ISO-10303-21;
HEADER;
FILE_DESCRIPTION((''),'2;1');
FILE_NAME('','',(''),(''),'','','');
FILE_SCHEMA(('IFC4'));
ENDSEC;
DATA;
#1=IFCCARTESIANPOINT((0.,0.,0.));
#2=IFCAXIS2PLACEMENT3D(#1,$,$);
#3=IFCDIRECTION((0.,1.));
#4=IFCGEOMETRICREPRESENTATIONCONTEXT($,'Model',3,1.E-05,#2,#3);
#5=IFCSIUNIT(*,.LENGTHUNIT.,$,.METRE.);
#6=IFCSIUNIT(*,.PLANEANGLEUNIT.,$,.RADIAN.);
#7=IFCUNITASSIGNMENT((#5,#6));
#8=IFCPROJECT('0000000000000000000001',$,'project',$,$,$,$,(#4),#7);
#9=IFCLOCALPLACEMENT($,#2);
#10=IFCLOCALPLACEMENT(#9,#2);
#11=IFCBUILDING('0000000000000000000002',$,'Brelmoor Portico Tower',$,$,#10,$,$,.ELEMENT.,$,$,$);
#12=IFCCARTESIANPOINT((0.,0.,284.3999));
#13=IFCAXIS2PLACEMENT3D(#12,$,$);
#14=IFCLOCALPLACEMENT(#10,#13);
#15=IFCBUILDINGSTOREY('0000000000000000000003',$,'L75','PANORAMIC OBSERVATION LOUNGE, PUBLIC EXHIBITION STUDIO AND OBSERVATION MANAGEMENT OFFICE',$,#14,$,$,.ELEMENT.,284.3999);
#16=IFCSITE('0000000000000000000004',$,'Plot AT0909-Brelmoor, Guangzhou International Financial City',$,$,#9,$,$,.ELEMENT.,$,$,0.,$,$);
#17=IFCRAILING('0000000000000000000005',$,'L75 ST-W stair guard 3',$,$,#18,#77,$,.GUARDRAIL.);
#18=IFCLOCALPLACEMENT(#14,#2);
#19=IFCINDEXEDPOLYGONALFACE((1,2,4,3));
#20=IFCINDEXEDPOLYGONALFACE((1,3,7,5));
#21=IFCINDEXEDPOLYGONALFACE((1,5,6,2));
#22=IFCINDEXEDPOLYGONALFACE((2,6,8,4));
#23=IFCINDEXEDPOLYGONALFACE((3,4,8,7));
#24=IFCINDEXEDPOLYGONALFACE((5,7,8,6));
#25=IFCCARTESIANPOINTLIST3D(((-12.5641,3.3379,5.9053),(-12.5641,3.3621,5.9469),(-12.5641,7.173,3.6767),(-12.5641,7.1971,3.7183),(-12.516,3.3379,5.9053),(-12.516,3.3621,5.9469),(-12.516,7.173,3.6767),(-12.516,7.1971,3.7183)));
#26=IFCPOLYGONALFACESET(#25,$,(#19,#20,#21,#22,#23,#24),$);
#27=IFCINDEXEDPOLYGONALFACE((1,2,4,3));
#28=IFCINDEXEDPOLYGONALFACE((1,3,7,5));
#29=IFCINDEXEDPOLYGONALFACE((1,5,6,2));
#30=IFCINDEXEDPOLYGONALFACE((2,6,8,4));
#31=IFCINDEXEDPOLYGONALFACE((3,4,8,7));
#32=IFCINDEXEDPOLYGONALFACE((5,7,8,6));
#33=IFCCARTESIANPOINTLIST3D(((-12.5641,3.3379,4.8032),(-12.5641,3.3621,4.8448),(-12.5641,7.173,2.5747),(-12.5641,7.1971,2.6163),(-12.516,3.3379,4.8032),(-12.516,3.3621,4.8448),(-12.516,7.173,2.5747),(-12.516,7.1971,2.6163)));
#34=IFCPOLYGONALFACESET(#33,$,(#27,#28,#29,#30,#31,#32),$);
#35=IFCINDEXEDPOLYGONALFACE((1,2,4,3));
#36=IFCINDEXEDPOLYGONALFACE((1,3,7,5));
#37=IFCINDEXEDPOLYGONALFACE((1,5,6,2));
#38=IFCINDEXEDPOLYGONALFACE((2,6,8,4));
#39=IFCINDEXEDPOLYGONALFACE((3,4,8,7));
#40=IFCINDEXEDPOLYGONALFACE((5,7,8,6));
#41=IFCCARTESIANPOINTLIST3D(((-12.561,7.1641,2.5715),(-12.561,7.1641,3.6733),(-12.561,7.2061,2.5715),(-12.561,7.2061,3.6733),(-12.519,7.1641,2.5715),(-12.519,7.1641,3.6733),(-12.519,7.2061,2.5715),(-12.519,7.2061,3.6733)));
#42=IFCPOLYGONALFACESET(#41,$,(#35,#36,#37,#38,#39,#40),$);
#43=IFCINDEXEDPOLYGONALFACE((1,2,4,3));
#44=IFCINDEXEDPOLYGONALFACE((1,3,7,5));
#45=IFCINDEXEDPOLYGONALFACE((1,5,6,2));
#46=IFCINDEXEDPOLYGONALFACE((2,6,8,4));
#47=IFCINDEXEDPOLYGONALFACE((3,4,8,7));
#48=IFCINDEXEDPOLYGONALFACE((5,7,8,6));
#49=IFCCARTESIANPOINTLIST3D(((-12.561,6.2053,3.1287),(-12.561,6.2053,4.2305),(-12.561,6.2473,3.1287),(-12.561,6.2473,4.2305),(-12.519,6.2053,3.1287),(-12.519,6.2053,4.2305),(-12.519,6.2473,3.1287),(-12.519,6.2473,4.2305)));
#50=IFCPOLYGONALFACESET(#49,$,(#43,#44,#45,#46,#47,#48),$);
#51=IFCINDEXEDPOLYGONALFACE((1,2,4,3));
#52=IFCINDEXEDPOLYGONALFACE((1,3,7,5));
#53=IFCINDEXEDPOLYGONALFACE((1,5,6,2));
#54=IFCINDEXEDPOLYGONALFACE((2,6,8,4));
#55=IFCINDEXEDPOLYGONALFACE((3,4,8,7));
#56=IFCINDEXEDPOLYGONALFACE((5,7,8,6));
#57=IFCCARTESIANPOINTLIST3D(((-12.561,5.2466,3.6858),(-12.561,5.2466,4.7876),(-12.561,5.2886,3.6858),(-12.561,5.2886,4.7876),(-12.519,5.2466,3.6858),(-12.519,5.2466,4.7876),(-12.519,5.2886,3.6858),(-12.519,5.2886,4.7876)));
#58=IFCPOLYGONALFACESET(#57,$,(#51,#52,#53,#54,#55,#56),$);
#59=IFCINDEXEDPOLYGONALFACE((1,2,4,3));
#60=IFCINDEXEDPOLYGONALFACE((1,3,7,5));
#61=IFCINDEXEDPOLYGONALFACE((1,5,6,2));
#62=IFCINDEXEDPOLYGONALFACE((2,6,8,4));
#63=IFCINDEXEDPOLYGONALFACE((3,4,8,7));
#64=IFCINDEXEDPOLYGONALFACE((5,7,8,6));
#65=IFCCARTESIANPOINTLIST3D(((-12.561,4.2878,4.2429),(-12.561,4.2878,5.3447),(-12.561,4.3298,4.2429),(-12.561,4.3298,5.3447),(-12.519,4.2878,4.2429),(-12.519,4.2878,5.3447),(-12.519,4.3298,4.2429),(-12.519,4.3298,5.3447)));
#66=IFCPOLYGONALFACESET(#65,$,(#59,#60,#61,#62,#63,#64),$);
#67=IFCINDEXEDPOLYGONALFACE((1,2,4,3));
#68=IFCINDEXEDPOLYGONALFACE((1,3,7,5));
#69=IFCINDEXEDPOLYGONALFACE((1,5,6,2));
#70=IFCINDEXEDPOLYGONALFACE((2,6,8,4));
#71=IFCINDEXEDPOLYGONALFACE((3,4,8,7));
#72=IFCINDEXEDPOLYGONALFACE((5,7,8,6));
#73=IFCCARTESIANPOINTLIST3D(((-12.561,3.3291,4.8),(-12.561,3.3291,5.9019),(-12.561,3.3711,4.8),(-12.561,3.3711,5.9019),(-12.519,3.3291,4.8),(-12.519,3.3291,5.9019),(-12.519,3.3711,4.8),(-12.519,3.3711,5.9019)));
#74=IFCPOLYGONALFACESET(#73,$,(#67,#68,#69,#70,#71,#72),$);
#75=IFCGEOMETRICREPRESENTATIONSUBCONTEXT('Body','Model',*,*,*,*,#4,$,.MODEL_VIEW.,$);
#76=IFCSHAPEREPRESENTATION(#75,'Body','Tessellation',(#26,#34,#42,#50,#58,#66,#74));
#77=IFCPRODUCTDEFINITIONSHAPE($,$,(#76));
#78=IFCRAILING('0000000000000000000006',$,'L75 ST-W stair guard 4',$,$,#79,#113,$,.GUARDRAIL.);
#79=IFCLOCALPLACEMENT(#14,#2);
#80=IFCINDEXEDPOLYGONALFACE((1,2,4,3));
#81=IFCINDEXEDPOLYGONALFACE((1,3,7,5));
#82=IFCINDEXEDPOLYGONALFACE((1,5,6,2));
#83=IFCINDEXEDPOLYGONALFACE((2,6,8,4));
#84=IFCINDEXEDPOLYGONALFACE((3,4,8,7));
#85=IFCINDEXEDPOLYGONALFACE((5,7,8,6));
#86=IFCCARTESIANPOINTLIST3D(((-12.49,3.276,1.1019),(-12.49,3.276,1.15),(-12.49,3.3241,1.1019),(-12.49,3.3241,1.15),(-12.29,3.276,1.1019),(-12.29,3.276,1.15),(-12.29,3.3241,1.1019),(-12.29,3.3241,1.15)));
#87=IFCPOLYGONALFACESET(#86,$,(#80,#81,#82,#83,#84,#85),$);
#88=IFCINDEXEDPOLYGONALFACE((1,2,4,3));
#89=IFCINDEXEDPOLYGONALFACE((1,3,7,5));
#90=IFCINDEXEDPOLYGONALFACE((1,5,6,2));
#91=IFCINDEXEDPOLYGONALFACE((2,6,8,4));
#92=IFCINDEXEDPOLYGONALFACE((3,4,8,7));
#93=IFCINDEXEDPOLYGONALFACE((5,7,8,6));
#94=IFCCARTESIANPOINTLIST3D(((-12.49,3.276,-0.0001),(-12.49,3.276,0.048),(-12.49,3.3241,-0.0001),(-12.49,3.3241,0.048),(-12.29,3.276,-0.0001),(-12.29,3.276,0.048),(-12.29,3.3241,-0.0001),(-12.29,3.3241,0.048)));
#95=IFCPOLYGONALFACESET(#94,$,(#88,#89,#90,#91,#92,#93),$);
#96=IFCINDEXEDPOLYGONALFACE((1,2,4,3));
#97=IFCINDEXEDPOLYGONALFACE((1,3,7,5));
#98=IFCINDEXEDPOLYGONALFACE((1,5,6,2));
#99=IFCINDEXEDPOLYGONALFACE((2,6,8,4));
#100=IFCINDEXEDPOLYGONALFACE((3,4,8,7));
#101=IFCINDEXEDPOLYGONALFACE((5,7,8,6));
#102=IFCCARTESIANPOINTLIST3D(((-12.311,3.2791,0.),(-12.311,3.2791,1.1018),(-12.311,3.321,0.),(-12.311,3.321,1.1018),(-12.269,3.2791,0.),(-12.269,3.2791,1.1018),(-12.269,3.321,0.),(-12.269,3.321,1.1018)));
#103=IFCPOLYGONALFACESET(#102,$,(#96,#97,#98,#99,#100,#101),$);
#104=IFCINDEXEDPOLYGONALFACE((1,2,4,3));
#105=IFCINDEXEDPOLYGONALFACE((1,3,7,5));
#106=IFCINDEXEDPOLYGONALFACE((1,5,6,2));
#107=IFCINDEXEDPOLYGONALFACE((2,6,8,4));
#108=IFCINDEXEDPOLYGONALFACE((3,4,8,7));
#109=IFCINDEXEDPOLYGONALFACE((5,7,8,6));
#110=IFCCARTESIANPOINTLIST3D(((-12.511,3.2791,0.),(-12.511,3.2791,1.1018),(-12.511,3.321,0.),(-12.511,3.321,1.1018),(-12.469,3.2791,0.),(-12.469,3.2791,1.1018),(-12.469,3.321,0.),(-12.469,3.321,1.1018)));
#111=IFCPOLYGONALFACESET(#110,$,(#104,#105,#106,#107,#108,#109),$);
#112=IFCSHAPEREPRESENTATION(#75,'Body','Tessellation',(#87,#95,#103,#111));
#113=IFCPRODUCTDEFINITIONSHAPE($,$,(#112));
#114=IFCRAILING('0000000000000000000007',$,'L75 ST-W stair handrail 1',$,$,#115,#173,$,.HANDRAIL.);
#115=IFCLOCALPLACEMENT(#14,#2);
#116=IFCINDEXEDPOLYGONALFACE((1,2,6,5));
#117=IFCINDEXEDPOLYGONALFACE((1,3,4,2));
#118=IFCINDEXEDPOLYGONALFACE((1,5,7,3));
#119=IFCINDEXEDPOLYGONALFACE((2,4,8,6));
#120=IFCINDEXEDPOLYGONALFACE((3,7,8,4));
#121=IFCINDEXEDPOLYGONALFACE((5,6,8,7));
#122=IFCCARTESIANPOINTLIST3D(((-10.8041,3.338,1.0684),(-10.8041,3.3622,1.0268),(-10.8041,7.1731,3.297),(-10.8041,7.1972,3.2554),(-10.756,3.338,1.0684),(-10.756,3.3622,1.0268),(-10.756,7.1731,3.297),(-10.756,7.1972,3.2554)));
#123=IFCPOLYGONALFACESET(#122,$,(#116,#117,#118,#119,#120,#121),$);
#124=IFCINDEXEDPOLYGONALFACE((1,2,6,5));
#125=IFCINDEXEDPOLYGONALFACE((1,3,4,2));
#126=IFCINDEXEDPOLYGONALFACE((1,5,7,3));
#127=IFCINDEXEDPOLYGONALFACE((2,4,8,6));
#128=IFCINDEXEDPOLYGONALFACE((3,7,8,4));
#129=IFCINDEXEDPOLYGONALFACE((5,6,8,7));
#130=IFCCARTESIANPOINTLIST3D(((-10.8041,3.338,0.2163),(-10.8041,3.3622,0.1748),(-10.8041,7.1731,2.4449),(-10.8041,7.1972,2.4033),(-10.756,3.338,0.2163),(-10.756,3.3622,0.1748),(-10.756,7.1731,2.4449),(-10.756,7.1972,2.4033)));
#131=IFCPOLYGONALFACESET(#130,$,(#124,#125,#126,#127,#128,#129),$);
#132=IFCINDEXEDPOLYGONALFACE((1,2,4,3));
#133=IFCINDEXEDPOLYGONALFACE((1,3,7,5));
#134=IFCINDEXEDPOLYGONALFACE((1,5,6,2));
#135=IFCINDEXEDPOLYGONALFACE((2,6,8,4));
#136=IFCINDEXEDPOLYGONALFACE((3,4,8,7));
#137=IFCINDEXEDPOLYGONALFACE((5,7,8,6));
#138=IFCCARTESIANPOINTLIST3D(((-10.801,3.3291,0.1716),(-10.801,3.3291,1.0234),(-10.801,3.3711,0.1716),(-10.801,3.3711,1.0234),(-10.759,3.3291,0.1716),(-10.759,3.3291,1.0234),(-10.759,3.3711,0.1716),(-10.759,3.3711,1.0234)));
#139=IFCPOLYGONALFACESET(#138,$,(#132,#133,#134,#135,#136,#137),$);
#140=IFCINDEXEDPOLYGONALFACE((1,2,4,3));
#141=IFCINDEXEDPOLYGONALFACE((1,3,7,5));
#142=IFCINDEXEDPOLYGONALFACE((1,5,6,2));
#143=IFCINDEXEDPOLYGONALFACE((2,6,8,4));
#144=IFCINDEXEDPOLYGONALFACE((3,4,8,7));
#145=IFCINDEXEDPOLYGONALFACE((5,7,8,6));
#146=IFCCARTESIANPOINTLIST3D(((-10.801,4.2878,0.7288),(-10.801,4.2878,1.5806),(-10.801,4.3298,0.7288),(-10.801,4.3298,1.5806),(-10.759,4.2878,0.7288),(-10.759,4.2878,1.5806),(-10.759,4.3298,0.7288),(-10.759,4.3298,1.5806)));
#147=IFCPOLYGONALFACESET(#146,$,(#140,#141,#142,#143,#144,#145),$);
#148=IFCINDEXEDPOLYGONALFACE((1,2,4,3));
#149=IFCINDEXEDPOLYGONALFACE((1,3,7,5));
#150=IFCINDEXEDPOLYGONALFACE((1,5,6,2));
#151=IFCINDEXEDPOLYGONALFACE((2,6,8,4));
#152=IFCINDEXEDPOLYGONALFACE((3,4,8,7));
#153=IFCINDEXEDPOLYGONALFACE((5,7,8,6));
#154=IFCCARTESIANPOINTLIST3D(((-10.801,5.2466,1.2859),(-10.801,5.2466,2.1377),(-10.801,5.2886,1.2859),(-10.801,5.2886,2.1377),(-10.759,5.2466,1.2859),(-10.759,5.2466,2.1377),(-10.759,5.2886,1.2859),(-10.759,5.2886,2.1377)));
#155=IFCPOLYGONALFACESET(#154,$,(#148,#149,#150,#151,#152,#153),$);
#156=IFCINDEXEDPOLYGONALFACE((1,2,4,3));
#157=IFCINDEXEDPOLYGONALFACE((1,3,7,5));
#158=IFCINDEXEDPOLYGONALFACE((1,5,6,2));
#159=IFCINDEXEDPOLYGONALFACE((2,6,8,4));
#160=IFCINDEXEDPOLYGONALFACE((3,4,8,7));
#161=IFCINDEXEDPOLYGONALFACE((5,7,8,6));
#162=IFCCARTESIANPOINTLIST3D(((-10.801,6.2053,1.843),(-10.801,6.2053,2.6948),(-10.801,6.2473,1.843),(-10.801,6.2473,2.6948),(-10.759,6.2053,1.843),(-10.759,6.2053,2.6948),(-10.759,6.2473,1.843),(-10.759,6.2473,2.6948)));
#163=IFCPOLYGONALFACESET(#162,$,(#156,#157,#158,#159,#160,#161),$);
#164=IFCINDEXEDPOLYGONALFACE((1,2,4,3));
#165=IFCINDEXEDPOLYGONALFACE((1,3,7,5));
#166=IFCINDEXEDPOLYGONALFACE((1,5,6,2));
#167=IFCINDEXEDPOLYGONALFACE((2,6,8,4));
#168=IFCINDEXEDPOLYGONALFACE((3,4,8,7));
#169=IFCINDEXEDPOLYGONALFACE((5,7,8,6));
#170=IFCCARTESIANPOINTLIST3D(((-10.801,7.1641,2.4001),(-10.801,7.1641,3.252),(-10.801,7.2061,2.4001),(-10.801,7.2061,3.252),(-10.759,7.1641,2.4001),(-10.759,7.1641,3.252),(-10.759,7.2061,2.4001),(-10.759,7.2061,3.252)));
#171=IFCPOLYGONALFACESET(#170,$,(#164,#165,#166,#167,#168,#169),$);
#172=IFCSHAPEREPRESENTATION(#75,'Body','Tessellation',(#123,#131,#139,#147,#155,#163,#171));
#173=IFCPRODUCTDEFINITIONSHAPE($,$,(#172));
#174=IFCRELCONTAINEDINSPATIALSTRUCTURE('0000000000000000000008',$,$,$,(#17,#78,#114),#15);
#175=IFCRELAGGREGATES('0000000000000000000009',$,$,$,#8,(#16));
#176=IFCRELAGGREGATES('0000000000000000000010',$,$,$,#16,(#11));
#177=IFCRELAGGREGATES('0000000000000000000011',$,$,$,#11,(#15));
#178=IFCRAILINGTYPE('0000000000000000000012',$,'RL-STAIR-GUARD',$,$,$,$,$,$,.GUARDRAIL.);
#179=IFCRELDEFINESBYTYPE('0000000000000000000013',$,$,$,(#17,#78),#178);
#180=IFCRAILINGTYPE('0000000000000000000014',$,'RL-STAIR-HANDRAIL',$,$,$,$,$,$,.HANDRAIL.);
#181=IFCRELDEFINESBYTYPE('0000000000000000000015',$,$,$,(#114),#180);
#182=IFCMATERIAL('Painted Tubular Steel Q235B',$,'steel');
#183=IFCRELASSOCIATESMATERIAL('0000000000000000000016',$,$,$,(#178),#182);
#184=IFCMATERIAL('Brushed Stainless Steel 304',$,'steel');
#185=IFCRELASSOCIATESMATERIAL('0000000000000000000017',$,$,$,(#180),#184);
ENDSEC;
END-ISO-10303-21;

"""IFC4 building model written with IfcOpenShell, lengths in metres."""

from ifc_helpers import new_model, si_unit, direction, frame, origin, origin_2d, place, context, subcontext, project, spatial, rectangle, extrude, material, type_object, element, save


model = new_model("IFC4")

# Units and contexts
model_context = context("Model", 3, precision=1e-05, world=origin(), true_north=direction((0.0, 1.0)))
body_context = subcontext(model_context, "Body", "Model", "MODEL_VIEW")
ifc_project = project(units=[si_unit("LENGTHUNIT", "METRE"), si_unit("PLANEANGLEUNIT", "RADIAN")], contexts=[model_context])

# Site, building, storey
site_placement = place(None, origin())
site = spatial("IfcSite", under=ifc_project, at=site_placement, Name="Plot AT0909-Brelmoor, Guangzhou International Financial City", CompositionType="ELEMENT", RefElevation=0.0)
building_placement = place(site_placement, origin())
building = spatial("IfcBuilding", under=site, at=building_placement, Name="Brelmoor Portico Tower", CompositionType="ELEMENT")
storey_placement = place(building_placement, frame((0.0, 0.0, 284.3999)))
storey = spatial("IfcBuildingStorey", under=building, at=storey_placement, Name="L75", Description="PANORAMIC OBSERVATION LOUNGE, PUBLIC EXHIBITION STUDIO AND OBSERVATION MANAGEMENT OFFICE", CompositionType="ELEMENT", Elevation=284.3999)

# Railings
ifc_material_1 = material(Name="Painted Tubular Steel Q235B", Category="steel")
railing_type_1 = type_object("IfcRailingType", Name="RL-STAIR-GUARD", PredefinedType="GUARDRAIL", material=ifc_material_1)
railing_1_placement = place(storey_placement, frame((-12.54, 7.1851, 2.5715)))
element("IfcRailing", 1, at=railing_1_placement, inside=storey, type_object=railing_type_1, Name="L75 ST-W stair guard 3", PredefinedType="GUARDRAIL", context=body_context, shape_type="SweptSolid", body=[
    extrude(rectangle(XDim=0.0481, YDim=0.0481, at=origin_2d()), frame((0.0, 0.0, 1.126), z_axis=(0.0, -0.864616, 0.502433), x_axis=(1.0, 0.0, 0.0)), (0.0, 0.0, 1.0), 4.4355),
    extrude(rectangle(XDim=0.0481, YDim=0.0481, at=origin_2d()), frame((0.0, 0.0, 0.0239), z_axis=(0.0, -0.864616, 0.502433), x_axis=(1.0, 0.0, 0.0)), (0.0, 0.0, 1.0), 4.4355),
    extrude(rectangle(XDim=0.042, YDim=0.042, at=origin_2d()), origin(), (0.0, 0.0, 1.0), 1.1018),
    extrude(rectangle(XDim=0.042, YDim=0.042, at=origin_2d()), frame((0.0, -0.9587, 0.5571)), (0.0, 0.0, 1.0), 1.1018),
    extrude(rectangle(XDim=0.042, YDim=0.042, at=origin_2d()), frame((0.0, -1.9175, 1.1143)), (0.0, 0.0, 1.0), 1.1018),
    extrude(rectangle(XDim=0.042, YDim=0.042, at=origin_2d()), frame((0.0, -2.8762, 1.6714)), (0.0, 0.0, 1.0), 1.1018),
    extrude(rectangle(XDim=0.042, YDim=0.042, at=origin_2d()), frame((0.0, -3.835, 2.2285)), (0.0, 0.0, 1.0), 1.1018),
])
railing_2_placement = place(storey_placement, frame((-12.29, 3.3, 0.0)))
element("IfcRailing", 2, at=railing_2_placement, inside=storey, type_object=railing_type_1, Name="L75 ST-W stair guard 4", PredefinedType="GUARDRAIL", context=body_context, shape_type="SweptSolid", body=[
    extrude(rectangle(XDim=0.0481, YDim=0.0481, at=origin_2d()), frame((0.0, 0.0, 1.126), z_axis=(-1.0, 0.0, 0.0), x_axis=(0.0, -1.0, 0.0)), (0.0, 0.0, 1.0), 0.2),
    extrude(rectangle(XDim=0.0481, YDim=0.0481, at=origin_2d()), frame((0.0, 0.0, 0.0239), z_axis=(-1.0, 0.0, 0.0), x_axis=(0.0, -1.0, 0.0)), (0.0, 0.0, 1.0), 0.2),
    extrude(rectangle(XDim=0.042, YDim=0.042, at=origin_2d()), origin(), (0.0, 0.0, 1.0), 1.1018),
    extrude(rectangle(XDim=0.042, YDim=0.042, at=origin_2d()), frame((-0.2, 0.0, 0.0)), (0.0, 0.0, 1.0), 1.1018),
])
ifc_material_2 = material(Name="Brushed Stainless Steel 304", Category="steel")
railing_type_2 = type_object("IfcRailingType", Name="RL-STAIR-HANDRAIL", PredefinedType="HANDRAIL", material=ifc_material_2)
railing_3_placement = place(storey_placement, frame((-10.78, 3.3501, 0.1716)))
element("IfcRailing", 3, at=railing_3_placement, inside=storey, type_object=railing_type_2, Name="L75 ST-W stair handrail 1", PredefinedType="HANDRAIL", context=body_context, shape_type="SweptSolid", body=[
    extrude(rectangle(XDim=0.0481, YDim=0.0481, at=origin_2d()), frame((0.0, 0.0, 0.876), z_axis=(0.0, 0.864616, 0.502433), x_axis=(-1.0, 0.0, 0.0)), (0.0, 0.0, 1.0), 4.4355),
    extrude(rectangle(XDim=0.0481, YDim=0.0481, at=origin_2d()), frame((0.0, 0.0, 0.0239), z_axis=(0.0, 0.864616, 0.502433), x_axis=(-1.0, 0.0, 0.0)), (0.0, 0.0, 1.0), 4.4355),
    extrude(rectangle(XDim=0.042, YDim=0.042, at=origin_2d()), origin(), (0.0, 0.0, 1.0), 0.8518),
    extrude(rectangle(XDim=0.042, YDim=0.042, at=origin_2d()), frame((0.0, 0.9587, 0.5571)), (0.0, 0.0, 1.0), 0.8518),
    extrude(rectangle(XDim=0.042, YDim=0.042, at=origin_2d()), frame((0.0, 1.9175, 1.1143)), (0.0, 0.0, 1.0), 0.8518),
    extrude(rectangle(XDim=0.042, YDim=0.042, at=origin_2d()), frame((0.0, 2.8762, 1.6714)), (0.0, 0.0, 1.0), 0.8518),
    extrude(rectangle(XDim=0.042, YDim=0.042, at=origin_2d()), frame((0.0, 3.835, 2.2285)), (0.0, 0.0, 1.0), 0.8518),
])

save(model, "model.ifc")
